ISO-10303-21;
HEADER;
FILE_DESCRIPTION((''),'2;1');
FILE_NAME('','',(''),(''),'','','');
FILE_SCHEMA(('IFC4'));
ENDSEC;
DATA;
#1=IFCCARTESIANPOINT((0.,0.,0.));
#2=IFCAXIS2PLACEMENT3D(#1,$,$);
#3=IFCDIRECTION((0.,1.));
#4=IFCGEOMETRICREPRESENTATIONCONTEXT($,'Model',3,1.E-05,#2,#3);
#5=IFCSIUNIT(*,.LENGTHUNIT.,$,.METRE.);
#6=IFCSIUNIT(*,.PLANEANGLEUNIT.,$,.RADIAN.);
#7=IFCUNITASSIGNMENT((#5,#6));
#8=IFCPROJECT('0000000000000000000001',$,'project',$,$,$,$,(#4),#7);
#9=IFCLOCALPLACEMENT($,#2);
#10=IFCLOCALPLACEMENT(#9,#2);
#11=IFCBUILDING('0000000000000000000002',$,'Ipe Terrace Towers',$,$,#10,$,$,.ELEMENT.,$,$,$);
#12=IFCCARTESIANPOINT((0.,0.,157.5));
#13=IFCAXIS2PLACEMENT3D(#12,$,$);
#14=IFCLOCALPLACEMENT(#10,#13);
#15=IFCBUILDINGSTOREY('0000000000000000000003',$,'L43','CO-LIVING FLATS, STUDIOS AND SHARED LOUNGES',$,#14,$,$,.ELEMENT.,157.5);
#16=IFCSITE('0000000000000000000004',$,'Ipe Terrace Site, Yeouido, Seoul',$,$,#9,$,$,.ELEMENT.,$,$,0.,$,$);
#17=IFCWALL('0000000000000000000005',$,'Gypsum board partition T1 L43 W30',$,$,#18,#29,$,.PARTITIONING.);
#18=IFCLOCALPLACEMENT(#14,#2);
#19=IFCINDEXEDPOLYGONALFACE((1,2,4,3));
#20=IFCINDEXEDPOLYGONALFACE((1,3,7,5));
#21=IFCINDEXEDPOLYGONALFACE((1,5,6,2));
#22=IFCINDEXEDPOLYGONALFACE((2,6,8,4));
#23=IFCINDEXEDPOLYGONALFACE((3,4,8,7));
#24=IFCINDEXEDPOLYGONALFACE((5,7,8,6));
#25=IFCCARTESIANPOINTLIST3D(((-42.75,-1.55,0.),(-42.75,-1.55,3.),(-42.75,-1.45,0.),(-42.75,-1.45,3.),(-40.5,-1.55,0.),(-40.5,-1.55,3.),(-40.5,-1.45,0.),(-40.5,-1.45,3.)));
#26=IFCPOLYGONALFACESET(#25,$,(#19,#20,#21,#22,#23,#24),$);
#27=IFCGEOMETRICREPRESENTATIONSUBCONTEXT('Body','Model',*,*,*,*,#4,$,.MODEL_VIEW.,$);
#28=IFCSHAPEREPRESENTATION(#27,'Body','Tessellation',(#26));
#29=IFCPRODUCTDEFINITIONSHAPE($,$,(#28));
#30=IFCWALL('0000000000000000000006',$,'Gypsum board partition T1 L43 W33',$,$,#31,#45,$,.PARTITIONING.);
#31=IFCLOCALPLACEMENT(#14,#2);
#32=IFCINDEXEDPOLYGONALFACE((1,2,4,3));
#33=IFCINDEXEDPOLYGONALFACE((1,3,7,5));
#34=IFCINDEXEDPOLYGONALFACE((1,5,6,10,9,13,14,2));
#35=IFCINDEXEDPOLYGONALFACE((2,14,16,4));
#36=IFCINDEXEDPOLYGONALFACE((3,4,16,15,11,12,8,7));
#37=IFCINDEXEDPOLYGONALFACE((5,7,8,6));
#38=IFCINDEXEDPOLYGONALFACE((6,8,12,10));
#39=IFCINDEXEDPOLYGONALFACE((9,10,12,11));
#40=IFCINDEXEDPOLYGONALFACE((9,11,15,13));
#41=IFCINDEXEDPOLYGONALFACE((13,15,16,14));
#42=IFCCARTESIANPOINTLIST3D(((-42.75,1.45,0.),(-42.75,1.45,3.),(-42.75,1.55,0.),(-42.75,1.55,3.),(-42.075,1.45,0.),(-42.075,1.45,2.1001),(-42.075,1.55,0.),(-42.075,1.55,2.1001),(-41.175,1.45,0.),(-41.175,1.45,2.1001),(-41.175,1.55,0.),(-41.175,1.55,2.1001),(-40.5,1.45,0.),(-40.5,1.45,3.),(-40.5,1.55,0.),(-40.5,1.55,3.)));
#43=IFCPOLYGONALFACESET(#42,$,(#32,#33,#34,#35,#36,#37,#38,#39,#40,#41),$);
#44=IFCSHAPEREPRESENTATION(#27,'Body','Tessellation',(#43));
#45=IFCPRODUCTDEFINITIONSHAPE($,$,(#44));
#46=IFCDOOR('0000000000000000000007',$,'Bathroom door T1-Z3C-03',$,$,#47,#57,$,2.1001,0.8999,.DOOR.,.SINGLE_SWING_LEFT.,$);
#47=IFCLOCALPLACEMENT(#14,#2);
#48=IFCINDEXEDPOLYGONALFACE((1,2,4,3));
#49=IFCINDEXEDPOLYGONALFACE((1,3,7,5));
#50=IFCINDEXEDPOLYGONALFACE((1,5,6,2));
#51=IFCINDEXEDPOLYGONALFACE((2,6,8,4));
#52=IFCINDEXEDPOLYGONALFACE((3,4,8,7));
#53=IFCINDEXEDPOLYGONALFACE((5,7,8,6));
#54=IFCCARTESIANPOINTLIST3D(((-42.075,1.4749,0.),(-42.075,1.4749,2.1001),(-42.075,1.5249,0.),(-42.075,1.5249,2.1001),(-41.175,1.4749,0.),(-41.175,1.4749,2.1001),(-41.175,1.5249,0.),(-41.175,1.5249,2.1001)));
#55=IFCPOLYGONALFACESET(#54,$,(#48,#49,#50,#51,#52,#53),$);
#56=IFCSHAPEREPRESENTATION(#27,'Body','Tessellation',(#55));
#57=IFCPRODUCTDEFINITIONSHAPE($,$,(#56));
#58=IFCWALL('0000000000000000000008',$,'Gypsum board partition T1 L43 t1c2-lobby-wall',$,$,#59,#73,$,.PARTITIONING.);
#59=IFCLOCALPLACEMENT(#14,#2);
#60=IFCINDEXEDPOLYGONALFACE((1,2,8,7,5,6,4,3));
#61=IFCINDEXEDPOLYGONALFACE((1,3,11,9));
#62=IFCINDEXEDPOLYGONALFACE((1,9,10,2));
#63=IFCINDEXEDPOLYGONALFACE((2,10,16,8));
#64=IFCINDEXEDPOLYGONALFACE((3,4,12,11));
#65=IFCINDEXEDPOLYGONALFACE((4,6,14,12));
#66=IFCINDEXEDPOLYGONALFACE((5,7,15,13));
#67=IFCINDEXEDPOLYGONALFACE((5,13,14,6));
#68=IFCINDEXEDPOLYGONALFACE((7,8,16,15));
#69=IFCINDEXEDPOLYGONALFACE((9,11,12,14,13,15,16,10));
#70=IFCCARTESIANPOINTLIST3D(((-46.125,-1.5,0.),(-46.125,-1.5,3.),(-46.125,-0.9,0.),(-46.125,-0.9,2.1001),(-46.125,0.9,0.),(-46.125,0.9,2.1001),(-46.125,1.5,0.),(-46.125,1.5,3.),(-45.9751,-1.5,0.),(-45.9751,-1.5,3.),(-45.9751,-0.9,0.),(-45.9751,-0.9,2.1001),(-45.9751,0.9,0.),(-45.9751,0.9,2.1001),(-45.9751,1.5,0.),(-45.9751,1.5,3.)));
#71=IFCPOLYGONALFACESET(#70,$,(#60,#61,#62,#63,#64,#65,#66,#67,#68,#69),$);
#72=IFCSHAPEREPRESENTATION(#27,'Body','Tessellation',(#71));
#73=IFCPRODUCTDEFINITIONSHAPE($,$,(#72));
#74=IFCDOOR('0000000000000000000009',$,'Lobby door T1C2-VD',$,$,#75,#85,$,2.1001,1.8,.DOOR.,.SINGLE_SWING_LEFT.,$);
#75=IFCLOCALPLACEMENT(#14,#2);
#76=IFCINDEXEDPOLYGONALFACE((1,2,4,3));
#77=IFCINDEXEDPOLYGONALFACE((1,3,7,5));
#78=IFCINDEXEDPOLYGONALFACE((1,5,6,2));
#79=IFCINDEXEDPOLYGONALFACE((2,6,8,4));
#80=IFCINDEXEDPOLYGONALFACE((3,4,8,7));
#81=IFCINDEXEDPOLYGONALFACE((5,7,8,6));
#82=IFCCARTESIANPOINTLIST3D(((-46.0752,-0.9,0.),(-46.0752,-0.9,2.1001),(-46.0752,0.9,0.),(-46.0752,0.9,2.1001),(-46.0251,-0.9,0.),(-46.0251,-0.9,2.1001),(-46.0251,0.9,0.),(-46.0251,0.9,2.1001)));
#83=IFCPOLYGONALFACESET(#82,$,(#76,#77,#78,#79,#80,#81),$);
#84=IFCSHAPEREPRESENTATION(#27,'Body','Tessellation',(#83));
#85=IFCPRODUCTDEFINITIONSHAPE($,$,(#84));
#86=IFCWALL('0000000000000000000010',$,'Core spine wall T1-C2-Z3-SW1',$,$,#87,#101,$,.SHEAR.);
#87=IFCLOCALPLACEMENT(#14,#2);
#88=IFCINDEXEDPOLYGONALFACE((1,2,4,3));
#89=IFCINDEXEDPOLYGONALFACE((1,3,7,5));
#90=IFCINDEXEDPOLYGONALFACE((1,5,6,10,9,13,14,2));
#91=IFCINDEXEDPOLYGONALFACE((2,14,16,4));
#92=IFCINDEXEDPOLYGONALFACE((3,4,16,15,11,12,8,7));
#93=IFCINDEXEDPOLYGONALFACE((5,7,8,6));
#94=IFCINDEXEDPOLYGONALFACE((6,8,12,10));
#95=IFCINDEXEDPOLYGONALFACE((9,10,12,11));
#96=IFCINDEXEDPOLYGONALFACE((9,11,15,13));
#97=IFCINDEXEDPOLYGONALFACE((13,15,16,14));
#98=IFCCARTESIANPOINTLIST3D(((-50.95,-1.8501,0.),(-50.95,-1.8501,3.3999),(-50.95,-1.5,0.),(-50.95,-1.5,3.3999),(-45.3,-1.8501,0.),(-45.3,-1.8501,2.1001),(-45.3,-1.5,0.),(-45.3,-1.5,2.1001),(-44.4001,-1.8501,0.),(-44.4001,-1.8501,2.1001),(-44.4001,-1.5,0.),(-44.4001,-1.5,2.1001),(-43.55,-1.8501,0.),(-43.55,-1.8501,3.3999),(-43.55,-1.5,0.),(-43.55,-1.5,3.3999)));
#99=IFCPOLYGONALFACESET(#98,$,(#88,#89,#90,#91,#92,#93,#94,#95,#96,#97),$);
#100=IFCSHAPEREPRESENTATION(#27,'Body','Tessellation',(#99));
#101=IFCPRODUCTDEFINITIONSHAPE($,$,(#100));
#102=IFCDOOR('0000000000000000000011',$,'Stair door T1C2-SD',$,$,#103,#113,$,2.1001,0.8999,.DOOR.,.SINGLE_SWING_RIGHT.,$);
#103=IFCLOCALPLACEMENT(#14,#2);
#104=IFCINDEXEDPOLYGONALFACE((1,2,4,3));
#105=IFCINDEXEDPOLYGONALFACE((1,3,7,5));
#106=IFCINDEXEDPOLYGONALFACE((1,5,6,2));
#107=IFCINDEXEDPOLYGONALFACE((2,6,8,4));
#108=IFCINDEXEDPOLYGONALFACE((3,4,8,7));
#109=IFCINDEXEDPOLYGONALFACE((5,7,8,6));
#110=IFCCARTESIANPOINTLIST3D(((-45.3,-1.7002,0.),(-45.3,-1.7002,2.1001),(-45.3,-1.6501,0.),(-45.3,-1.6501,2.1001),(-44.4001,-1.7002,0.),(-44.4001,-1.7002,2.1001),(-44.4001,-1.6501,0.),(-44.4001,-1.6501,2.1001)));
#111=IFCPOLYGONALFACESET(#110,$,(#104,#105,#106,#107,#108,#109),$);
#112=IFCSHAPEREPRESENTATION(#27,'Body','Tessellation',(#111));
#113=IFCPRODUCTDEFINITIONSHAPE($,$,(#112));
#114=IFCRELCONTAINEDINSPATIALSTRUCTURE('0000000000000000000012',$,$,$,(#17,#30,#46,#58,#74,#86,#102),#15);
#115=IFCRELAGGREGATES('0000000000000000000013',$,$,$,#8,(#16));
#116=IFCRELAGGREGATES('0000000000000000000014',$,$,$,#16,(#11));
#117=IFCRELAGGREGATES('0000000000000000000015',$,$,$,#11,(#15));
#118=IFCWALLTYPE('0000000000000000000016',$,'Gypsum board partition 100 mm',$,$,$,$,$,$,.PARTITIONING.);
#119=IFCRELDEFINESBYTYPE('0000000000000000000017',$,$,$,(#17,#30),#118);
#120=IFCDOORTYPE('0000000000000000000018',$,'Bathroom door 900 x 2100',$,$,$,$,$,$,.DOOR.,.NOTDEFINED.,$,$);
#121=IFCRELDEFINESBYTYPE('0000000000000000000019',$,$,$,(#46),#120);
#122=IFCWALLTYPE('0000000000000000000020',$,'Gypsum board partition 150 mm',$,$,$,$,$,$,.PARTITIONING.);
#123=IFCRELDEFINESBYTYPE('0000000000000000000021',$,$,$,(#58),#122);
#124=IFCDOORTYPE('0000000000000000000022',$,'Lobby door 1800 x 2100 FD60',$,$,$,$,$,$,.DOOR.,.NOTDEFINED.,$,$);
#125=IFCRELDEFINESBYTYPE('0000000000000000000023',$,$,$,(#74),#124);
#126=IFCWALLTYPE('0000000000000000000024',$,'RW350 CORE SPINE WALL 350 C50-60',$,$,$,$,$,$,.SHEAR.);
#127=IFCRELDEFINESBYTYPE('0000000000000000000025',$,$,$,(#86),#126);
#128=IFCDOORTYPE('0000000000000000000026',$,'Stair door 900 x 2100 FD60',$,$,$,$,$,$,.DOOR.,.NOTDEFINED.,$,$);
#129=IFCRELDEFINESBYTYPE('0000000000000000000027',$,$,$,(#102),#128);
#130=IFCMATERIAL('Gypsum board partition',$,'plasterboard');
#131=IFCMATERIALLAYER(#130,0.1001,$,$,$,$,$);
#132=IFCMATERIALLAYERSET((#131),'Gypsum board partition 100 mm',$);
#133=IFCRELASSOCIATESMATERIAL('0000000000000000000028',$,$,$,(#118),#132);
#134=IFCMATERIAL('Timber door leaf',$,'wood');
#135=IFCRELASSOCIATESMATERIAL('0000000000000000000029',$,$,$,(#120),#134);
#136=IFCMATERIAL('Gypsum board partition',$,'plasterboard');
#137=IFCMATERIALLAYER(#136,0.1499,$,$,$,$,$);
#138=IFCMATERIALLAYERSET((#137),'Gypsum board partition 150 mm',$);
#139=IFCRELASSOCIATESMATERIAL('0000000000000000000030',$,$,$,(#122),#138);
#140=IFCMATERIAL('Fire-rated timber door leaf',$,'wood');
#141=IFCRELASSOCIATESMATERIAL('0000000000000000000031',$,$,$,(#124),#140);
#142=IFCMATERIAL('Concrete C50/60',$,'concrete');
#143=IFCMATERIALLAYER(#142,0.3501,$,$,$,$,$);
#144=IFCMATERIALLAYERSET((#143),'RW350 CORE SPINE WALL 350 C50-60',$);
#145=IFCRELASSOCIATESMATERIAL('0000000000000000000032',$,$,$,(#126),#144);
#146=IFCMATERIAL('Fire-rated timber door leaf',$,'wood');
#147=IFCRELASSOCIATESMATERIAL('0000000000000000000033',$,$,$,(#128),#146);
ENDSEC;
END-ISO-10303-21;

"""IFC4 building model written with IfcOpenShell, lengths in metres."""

from ifc_helpers import new_model, si_unit, direction, frame, frame_2d, origin, place, context, subcontext, project, spatial, rectangle, extrude, material, layer, layer_set, type_object, element, fill, save


model = new_model("IFC4")

# Units and contexts
model_context = context("Model", 3, precision=1e-05, world=origin(), true_north=direction((0.0, 1.0)))
body_context = subcontext(model_context, "Body", "Model", "MODEL_VIEW")
ifc_project = project(units=[si_unit("LENGTHUNIT", "METRE"), si_unit("PLANEANGLEUNIT", "RADIAN")], contexts=[model_context])

# Site, building, storey
site_placement = place(None, origin())
site = spatial("IfcSite", under=ifc_project, at=site_placement, Name="Ipe Terrace Site, Yeouido, Seoul", CompositionType="ELEMENT", RefElevation=0.0)
building_placement = place(site_placement, origin())
building = spatial("IfcBuilding", under=site, at=building_placement, Name="Ipe Terrace Towers", CompositionType="ELEMENT")
storey_placement = place(building_placement, frame((0.0, 0.0, 157.5)))
storey = spatial("IfcBuildingStorey", under=building, at=storey_placement, Name="L43", Description="CO-LIVING FLATS, STUDIOS AND SHARED LOUNGES", CompositionType="ELEMENT", Elevation=157.5)

# Wall
ifc_material_1 = material(Name="Gypsum board partition", Category="plasterboard")
ifc_layer_1 = layer(ifc_material_1, 0.1001)
ifc_layer_set_1 = layer_set([ifc_layer_1], Name="Gypsum board partition 100 mm")
wall_type_1 = type_object("IfcWallType", Name="Gypsum board partition 100 mm", PredefinedType="PARTITIONING", material=ifc_layer_set_1)
wall_1_placement = place(storey_placement, frame((-42.75, -1.5, 0.0), z_axis=(0.0, 0.0, 1.0), x_axis=(1.0, 0.0, 0.0)))
element("IfcWall", 1, at=wall_1_placement, inside=storey, type_object=wall_type_1, Name="Gypsum board partition T1 L43 W30", PredefinedType="PARTITIONING", context=body_context, shape_type="SweptSolid", body=[
    extrude(rectangle(XDim=2.25, YDim=0.1001, at=frame_2d((1.125, 0.0))), origin(), (0.0, 0.0, 1.0), 3.0),
])

# Walls, openings, doors
wall_2_placement = place(storey_placement, frame((-42.75, 1.5, 0.0), z_axis=(0.0, 0.0, 1.0), x_axis=(1.0, 0.0, 0.0)))
wall_2 = element("IfcWall", 2, at=wall_2_placement, inside=storey, type_object=wall_type_1, Name="Gypsum board partition T1 L43 W33", PredefinedType="PARTITIONING", context=body_context, shape_type="SweptSolid", body=[
    extrude(rectangle(XDim=2.25, YDim=0.1001, at=frame_2d((1.125, 0.0))), origin(), (0.0, 0.0, 1.0), 3.0),
])
opening_1_placement = place(wall_2_placement, frame((0.675, 0.0, 0.0)))
opening_1 = element("IfcOpeningElement", 3, at=opening_1_placement, cuts=wall_2, PredefinedType="OPENING", context=body_context, shape_type="SweptSolid", body=[
    extrude(rectangle(XDim=0.8999, YDim=2.1001, at=frame_2d((0.45, 1.05))), frame((0.0, 0.0601, 0.0), z_axis=(0.0, -1.0, 0.0), x_axis=(1.0, 0.0, 0.0)), (0.0, 0.0, 1.0), 0.1201),
])
ifc_material_2 = material(Name="Timber door leaf", Category="wood")
door_type_1 = type_object("IfcDoorType", Name="Bathroom door 900 x 2100", OperationType="NOTDEFINED", PredefinedType="DOOR", material=ifc_material_2)
door_1_placement = place(opening_1_placement, origin())
door_1 = element("IfcDoor", 4, at=door_1_placement, inside=storey, type_object=door_type_1, Name="Bathroom door T1-Z3C-03", OperationType="SINGLE_SWING_LEFT", OverallHeight=2.1001, OverallWidth=0.8999, PredefinedType="DOOR", context=body_context, shape_type="SweptSolid", body=[
    extrude(rectangle(XDim=0.8999, YDim=2.1001, at=frame_2d((0.45, 1.05))), frame((0.0, 0.0249, 0.0), z_axis=(0.0, -1.0, 0.0), x_axis=(1.0, 0.0, 0.0)), (0.0, 0.0, 1.0), 0.05),
])
fill(opening_1, door_1)
ifc_material_3 = material(Name="Gypsum board partition", Category="plasterboard")
ifc_layer_2 = layer(ifc_material_3, 0.1499)
ifc_layer_set_2 = layer_set([ifc_layer_2], Name="Gypsum board partition 150 mm")
wall_type_2 = type_object("IfcWallType", Name="Gypsum board partition 150 mm", PredefinedType="PARTITIONING", material=ifc_layer_set_2)
wall_3_placement = place(storey_placement, frame((-46.05, 1.5, 0.0), z_axis=(0.0, 0.0, 1.0), x_axis=(0.0, -1.0, 0.0)))
wall_3 = element("IfcWall", 5, at=wall_3_placement, inside=storey, type_object=wall_type_2, Name="Gypsum board partition T1 L43 t1c2-lobby-wall", PredefinedType="PARTITIONING", context=body_context, shape_type="SweptSolid", body=[
    extrude(rectangle(XDim=3.0, YDim=0.1499, at=frame_2d((1.5, 0.0))), origin(), (0.0, 0.0, 1.0), 3.0),
])
opening_2_placement = place(wall_3_placement, frame((0.6001, 0.0, 0.0)))
opening_2 = element("IfcOpeningElement", 6, at=opening_2_placement, cuts=wall_3, PredefinedType="OPENING", context=body_context, shape_type="SweptSolid", body=[
    extrude(rectangle(XDim=1.8, YDim=2.1001, at=frame_2d((0.8999, 1.05))), frame((0.0, 0.085, 0.0), z_axis=(0.0, -1.0, 0.0), x_axis=(1.0, 0.0, 0.0)), (0.0, 0.0, 1.0), 0.1699),
])
ifc_material_4 = material(Name="Fire-rated timber door leaf", Category="wood")
door_type_2 = type_object("IfcDoorType", Name="Lobby door 1800 x 2100 FD60", OperationType="NOTDEFINED", PredefinedType="DOOR", material=ifc_material_4)
door_2_placement = place(opening_2_placement, origin())
door_2 = element("IfcDoor", 7, at=door_2_placement, inside=storey, type_object=door_type_2, Name="Lobby door T1C2-VD", OperationType="SINGLE_SWING_LEFT", OverallHeight=2.1001, OverallWidth=1.8, PredefinedType="DOOR", context=body_context, shape_type="SweptSolid", body=[
    extrude(rectangle(XDim=1.8, YDim=2.1001, at=frame_2d((0.8999, 1.05))), frame((0.0, 0.0249, 0.0), z_axis=(0.0, -1.0, 0.0), x_axis=(1.0, 0.0, 0.0)), (0.0, 0.0, 1.0), 0.05),
])
fill(opening_2, door_2)
ifc_material_5 = material(Name="Concrete C50/60", Category="concrete")
ifc_layer_3 = layer(ifc_material_5, 0.3501)
ifc_layer_set_3 = layer_set([ifc_layer_3], Name="RW350 CORE SPINE WALL 350 C50-60")
wall_type_3 = type_object("IfcWallType", Name="RW350 CORE SPINE WALL 350 C50-60", PredefinedType="SHEAR", material=ifc_layer_set_3)
wall_4_placement = place(storey_placement, frame((-50.95, -1.675, 0.0), z_axis=(0.0, 0.0, 1.0), x_axis=(1.0, 0.0, 0.0)))
wall_4 = element("IfcWall", 8, at=wall_4_placement, inside=storey, type_object=wall_type_3, Name="Core spine wall T1-C2-Z3-SW1", PredefinedType="SHEAR", context=body_context, shape_type="SweptSolid", body=[
    extrude(rectangle(XDim=7.3999, YDim=0.3501, at=frame_2d((3.7, 0.0))), origin(), (0.0, 0.0, 1.0), 3.3999),
])
opening_3_placement = place(wall_4_placement, frame((5.6499, 0.0, 0.0)))
opening_3 = element("IfcOpeningElement", 9, at=opening_3_placement, cuts=wall_4, PredefinedType="OPENING", context=body_context, shape_type="SweptSolid", body=[
    extrude(rectangle(XDim=0.8999, YDim=2.1001, at=frame_2d((0.45, 1.05))), frame((0.0, 0.1851, 0.0), z_axis=(0.0, -1.0, 0.0), x_axis=(1.0, 0.0, 0.0)), (0.0, 0.0, 1.0), 0.3701),
])
ifc_material_6 = material(Name="Fire-rated timber door leaf", Category="wood")
door_type_3 = type_object("IfcDoorType", Name="Stair door 900 x 2100 FD60", OperationType="NOTDEFINED", PredefinedType="DOOR", material=ifc_material_6)
door_3_placement = place(opening_3_placement, origin())
door_3 = element("IfcDoor", 10, at=door_3_placement, inside=storey, type_object=door_type_3, Name="Stair door T1C2-SD", OperationType="SINGLE_SWING_RIGHT", OverallHeight=2.1001, OverallWidth=0.8999, PredefinedType="DOOR", context=body_context, shape_type="SweptSolid", body=[
    extrude(rectangle(XDim=0.8999, YDim=2.1001, at=frame_2d((0.45, 1.05))), frame((0.0, 0.0249, 0.0), z_axis=(0.0, -1.0, 0.0), x_axis=(1.0, 0.0, 0.0)), (0.0, 0.0, 1.0), 0.05),
])
fill(opening_3, door_3)

save(model, "model.ifc")
